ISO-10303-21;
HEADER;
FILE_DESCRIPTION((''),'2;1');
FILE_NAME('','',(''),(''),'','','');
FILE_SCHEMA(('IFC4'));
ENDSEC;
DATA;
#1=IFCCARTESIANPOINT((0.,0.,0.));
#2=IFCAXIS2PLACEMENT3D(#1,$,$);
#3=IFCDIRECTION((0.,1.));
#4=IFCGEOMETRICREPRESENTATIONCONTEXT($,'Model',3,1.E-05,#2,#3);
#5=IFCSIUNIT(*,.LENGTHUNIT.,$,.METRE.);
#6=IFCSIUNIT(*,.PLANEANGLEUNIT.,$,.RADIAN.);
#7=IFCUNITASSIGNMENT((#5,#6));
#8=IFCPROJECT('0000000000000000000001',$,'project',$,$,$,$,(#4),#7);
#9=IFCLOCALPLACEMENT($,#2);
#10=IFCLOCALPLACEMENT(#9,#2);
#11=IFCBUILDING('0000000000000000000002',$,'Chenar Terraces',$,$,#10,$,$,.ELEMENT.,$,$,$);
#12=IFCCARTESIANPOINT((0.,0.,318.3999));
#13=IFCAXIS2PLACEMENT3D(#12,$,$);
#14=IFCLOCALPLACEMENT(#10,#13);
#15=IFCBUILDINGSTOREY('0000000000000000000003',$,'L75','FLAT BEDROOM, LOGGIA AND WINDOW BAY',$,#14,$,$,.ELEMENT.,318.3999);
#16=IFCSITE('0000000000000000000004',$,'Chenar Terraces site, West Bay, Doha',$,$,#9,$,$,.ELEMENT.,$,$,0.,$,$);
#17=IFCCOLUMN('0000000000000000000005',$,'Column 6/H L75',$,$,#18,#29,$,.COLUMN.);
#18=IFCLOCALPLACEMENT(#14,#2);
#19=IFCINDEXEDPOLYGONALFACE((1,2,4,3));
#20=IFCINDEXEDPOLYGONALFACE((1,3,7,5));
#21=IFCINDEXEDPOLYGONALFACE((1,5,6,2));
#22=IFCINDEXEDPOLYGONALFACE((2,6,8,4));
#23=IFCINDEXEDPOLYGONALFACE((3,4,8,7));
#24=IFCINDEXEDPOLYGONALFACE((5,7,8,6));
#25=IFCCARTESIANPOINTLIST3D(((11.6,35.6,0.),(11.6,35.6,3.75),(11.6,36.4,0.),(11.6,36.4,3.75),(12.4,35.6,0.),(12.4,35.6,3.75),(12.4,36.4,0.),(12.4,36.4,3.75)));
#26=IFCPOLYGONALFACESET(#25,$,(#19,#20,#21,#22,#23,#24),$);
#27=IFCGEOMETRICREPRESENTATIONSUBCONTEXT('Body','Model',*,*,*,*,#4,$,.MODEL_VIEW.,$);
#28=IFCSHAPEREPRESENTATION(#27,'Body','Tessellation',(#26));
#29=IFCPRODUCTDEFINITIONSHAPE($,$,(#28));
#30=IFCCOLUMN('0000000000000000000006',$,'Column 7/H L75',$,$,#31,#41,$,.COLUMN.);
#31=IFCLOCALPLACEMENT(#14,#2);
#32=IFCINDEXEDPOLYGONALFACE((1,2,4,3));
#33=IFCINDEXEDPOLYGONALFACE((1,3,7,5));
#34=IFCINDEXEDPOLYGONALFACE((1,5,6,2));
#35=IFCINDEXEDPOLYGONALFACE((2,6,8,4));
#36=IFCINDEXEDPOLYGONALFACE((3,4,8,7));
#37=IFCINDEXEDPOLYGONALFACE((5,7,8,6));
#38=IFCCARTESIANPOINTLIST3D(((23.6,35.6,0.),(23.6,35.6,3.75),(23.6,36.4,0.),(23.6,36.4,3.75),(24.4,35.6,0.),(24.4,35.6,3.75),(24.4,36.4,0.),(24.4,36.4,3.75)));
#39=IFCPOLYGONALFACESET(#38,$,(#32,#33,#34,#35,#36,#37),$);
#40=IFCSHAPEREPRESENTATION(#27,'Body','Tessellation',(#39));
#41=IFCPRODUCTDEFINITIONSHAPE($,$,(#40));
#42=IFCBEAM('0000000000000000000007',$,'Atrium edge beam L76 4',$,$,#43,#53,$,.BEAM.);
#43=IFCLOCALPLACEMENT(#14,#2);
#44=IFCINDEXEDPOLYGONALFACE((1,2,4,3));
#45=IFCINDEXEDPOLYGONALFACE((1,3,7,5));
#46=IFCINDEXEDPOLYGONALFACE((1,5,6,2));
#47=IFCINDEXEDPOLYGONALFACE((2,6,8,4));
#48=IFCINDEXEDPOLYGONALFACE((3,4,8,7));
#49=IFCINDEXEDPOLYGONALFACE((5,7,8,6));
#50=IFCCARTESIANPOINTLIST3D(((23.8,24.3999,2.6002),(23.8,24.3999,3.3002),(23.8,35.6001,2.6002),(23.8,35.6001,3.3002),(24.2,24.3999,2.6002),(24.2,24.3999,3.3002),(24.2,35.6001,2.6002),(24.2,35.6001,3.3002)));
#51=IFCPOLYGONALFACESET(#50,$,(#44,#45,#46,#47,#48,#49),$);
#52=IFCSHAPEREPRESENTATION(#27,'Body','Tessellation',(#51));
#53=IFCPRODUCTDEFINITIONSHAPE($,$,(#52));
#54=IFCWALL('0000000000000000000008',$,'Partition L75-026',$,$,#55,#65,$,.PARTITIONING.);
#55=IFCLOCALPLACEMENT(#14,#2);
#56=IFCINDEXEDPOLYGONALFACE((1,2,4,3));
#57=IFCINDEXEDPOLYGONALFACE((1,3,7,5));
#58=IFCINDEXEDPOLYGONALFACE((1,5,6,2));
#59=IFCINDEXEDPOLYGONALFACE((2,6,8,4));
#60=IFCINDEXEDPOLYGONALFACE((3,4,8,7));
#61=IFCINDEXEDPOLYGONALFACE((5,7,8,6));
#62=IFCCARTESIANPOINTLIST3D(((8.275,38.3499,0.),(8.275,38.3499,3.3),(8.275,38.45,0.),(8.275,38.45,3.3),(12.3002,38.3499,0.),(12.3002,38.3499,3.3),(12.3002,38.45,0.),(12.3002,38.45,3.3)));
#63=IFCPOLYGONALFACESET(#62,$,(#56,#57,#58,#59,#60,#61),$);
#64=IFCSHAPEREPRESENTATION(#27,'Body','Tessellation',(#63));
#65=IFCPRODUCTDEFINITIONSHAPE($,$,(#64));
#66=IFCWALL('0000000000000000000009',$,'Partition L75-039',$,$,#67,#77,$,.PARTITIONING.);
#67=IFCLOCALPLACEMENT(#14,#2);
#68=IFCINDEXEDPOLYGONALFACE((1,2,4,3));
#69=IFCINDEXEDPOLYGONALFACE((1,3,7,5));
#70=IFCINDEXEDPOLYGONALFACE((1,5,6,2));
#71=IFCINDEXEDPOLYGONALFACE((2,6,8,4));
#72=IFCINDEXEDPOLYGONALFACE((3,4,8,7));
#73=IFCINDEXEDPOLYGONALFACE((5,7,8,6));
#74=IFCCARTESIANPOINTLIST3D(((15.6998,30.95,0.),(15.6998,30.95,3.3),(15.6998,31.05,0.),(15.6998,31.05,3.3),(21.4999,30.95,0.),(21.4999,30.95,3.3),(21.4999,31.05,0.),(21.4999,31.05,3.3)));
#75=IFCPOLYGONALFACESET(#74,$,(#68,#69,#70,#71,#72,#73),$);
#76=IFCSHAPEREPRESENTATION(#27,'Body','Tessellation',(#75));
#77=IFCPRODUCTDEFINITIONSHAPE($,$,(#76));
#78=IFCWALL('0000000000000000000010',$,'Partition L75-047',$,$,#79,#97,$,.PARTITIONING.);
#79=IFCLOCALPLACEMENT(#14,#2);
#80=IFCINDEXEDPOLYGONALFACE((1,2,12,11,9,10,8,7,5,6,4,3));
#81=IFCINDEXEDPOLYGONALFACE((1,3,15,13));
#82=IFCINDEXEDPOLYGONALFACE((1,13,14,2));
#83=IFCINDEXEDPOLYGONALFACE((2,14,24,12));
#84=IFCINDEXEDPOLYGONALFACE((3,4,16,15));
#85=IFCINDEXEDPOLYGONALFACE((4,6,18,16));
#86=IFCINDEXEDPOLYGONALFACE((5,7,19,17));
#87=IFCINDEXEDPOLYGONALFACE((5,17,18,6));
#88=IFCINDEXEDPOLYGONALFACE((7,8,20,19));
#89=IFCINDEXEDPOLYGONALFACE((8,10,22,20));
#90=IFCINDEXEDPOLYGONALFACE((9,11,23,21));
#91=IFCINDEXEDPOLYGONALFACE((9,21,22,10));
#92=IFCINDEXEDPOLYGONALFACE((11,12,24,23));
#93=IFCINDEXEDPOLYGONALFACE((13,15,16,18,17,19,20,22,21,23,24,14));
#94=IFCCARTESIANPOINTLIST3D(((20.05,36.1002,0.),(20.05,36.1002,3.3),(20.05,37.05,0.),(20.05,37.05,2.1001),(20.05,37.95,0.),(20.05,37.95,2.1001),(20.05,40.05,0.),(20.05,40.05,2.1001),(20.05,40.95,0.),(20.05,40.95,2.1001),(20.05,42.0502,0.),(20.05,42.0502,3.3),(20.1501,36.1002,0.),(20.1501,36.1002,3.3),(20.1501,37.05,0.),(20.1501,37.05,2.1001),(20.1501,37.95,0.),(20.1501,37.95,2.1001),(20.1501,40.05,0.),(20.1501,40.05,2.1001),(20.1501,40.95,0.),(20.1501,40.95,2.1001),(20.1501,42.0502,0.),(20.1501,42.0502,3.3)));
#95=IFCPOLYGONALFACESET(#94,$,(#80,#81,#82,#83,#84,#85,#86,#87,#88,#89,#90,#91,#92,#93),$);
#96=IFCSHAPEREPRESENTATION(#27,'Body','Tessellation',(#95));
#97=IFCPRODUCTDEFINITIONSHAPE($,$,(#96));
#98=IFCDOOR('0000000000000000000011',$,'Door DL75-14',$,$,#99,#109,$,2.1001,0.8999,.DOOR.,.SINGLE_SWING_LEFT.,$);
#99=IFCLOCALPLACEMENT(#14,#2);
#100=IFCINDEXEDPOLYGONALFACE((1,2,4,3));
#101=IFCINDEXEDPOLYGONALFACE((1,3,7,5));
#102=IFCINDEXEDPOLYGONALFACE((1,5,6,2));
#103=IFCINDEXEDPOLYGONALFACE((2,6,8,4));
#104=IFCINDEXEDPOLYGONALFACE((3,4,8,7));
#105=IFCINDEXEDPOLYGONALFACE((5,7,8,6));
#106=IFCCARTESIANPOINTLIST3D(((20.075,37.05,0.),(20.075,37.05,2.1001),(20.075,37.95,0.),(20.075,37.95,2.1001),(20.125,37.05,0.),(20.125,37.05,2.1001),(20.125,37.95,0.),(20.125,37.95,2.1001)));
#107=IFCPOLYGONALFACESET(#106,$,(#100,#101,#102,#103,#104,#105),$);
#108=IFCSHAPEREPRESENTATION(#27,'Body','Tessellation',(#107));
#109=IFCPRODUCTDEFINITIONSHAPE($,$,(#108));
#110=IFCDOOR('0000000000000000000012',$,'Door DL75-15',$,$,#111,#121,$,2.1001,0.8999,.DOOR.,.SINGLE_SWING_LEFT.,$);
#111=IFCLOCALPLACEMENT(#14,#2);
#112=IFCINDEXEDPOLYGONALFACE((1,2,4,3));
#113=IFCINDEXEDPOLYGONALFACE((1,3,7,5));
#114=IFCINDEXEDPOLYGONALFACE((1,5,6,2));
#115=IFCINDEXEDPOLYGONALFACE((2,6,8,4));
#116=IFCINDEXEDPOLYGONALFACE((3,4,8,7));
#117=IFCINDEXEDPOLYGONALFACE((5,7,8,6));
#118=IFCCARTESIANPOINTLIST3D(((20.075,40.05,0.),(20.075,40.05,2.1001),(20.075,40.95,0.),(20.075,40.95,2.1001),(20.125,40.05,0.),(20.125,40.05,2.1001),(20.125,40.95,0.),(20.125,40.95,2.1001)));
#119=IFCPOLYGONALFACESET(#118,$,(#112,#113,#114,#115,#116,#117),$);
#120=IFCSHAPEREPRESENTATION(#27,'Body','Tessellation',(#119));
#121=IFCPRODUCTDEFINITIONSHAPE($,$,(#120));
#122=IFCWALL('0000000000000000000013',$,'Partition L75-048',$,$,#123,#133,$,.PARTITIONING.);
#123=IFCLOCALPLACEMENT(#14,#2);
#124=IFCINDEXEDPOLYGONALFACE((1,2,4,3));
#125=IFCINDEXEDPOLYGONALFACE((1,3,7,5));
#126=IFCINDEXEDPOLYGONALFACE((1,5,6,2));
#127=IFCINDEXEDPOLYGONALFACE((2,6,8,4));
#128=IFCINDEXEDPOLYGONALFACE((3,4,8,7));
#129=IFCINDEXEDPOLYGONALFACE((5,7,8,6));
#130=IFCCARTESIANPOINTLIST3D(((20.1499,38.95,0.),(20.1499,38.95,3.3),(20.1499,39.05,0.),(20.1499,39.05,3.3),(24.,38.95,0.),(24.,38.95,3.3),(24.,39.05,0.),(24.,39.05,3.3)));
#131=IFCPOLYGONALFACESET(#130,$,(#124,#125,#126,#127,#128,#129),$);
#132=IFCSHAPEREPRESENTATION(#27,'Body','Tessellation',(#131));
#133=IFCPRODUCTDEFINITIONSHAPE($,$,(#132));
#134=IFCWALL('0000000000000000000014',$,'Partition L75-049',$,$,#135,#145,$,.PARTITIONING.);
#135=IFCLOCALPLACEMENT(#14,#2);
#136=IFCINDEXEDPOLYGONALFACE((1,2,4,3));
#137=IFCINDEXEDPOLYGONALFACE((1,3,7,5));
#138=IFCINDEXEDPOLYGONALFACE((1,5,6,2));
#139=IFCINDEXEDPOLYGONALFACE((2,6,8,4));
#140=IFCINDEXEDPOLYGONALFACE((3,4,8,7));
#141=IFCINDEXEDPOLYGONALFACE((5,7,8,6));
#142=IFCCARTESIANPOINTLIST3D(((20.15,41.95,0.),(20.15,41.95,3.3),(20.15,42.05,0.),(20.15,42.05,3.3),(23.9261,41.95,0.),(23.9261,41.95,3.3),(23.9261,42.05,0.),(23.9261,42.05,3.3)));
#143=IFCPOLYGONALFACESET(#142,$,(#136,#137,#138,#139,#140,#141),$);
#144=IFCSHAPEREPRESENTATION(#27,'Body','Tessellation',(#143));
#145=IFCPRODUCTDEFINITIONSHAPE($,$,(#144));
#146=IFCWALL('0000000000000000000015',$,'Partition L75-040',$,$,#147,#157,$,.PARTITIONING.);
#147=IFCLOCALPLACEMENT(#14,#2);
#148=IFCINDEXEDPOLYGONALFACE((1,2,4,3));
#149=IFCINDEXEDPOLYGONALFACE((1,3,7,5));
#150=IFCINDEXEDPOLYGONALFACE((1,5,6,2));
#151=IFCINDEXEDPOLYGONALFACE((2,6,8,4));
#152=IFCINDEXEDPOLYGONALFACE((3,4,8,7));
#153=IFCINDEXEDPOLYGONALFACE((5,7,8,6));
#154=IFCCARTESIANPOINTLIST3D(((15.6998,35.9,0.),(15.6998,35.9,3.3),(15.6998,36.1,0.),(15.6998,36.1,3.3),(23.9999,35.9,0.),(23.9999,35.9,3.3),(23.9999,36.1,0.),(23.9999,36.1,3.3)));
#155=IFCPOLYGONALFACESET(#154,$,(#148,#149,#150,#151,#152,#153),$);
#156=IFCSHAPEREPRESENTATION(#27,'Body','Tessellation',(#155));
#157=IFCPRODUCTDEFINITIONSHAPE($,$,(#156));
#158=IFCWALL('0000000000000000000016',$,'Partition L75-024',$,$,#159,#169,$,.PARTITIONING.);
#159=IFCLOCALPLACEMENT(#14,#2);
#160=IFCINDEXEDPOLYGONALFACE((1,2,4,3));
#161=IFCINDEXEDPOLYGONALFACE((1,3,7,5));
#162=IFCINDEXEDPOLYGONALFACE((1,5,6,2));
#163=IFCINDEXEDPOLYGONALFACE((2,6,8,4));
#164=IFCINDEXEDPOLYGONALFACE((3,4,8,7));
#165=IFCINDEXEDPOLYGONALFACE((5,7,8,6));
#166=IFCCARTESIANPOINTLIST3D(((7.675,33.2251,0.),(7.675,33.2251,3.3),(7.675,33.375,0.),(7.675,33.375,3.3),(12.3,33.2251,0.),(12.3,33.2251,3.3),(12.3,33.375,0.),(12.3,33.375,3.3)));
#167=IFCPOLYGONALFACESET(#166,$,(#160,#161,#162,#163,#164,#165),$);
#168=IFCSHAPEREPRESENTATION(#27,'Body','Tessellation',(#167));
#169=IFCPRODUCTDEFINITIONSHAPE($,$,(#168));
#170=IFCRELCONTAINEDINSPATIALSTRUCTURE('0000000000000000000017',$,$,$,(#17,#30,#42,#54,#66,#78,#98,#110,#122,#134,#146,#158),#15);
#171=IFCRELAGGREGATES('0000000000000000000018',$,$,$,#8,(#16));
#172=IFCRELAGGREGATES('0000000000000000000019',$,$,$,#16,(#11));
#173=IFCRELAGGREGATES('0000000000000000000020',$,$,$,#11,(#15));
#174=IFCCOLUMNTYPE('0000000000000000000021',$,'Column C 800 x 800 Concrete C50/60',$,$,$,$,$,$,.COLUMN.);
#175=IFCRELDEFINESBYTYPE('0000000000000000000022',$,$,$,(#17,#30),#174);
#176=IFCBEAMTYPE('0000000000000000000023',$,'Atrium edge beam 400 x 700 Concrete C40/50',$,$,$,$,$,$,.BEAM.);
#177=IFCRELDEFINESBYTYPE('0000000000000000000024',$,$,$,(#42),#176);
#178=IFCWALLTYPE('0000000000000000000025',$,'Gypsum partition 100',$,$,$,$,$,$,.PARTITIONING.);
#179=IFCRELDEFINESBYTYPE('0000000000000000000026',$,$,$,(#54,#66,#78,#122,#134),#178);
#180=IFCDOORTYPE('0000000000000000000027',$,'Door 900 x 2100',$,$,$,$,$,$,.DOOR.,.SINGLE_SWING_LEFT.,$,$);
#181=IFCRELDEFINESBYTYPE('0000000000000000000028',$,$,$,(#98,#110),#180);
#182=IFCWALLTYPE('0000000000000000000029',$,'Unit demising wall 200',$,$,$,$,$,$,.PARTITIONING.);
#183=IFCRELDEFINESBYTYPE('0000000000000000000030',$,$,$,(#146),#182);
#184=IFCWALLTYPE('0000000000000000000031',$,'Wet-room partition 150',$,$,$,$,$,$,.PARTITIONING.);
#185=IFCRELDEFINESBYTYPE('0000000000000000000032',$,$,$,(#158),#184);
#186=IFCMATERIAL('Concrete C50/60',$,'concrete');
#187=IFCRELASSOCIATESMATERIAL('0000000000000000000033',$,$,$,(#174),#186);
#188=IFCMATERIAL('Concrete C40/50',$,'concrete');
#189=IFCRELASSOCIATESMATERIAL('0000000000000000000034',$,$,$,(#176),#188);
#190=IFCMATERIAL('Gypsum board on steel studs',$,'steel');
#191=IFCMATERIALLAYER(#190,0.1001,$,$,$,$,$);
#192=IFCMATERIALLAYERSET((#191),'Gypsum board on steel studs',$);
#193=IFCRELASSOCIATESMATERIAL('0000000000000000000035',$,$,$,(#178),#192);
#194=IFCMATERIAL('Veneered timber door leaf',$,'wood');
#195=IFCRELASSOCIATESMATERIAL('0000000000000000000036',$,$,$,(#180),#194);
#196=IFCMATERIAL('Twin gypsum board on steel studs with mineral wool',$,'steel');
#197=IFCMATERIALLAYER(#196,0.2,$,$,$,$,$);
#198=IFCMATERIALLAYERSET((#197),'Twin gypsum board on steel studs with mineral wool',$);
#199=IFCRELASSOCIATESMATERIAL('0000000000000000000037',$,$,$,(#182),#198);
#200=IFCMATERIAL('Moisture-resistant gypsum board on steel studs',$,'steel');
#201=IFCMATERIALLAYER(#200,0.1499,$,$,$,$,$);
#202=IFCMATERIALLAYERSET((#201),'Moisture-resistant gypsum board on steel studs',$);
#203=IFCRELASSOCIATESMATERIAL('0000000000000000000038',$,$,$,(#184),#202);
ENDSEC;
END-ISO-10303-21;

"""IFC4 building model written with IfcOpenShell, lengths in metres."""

from ifc_helpers import new_model, si_unit, direction, frame, frame_2d, origin, origin_2d, place, context, subcontext, project, spatial, rectangle, extrude, material, layer, layer_set, material_profile, profile_set, type_object, element, fill, save


model = new_model("IFC4")

# Units and contexts
model_context = context("Model", 3, precision=1e-05, world=origin(), true_north=direction((0.0, 1.0)))
body_context = subcontext(model_context, "Body", "Model", "MODEL_VIEW")
ifc_project = project(units=[si_unit("LENGTHUNIT", "METRE"), si_unit("PLANEANGLEUNIT", "RADIAN")], contexts=[model_context])

# Site, building, storey
site_placement = place(None, origin())
site = spatial("IfcSite", under=ifc_project, at=site_placement, Name="Chenar Terraces site, West Bay, Doha", CompositionType="ELEMENT", RefElevation=0.0)
building_placement = place(site_placement, origin())
building = spatial("IfcBuilding", under=site, at=building_placement, Name="Chenar Terraces", CompositionType="ELEMENT")
storey_placement = place(building_placement, frame((0.0, 0.0, 318.3999)))
storey = spatial("IfcBuildingStorey", under=building, at=storey_placement, Name="L75", Description="FLAT BEDROOM, LOGGIA AND WINDOW BAY", CompositionType="ELEMENT", Elevation=318.3999)

# Columns
ifc_material_1 = material(Name="Concrete C50/60", Category="concrete")
ifc_material_profile_1 = material_profile(ifc_material_1, rectangle(XDim=0.8, YDim=0.8, at=origin_2d()), Name="C 800 x 800")
ifc_profile_set_1 = profile_set([ifc_material_profile_1], Name="Concrete C50/60")
column_type = type_object("IfcColumnType", Name="Column C 800 x 800 Concrete C50/60", PredefinedType="COLUMN", material=ifc_profile_set_1)
for number, where, z_axis, x_axis, name in (
    (1, (12.0, 36.0, 0.0), (0.0, 0.0, 1.0), (1.0, 0.0, 0.0), "Column 6/H L75"),
    (2, (24.0, 36.0, 0.0), (0.0, 0.0, 1.0), (1.0, 0.0, 0.0), "Column 7/H L75"),
):
    element("IfcColumn", number, at=place(storey_placement, frame(where, z_axis=z_axis, x_axis=x_axis)), inside=storey, type_object=column_type, Name=name, PredefinedType="COLUMN", context=body_context, shape_type="SweptSolid", body=[
        extrude(rectangle(XDim=0.8, YDim=0.8, at=origin_2d()), origin(), (0.0, 0.0, 1.0), 3.75),
    ])

# Beam
ifc_material_2 = material(Name="Concrete C40/50", Category="concrete")
ifc_material_profile_2 = material_profile(ifc_material_2, rectangle(XDim=0.3999, YDim=0.7, at=origin_2d()), Name="RC 400 x 700")
ifc_profile_set_2 = profile_set([ifc_material_profile_2], Name="Concrete C40/50")
beam_type = type_object("IfcBeamType", Name="Atrium edge beam 400 x 700 Concrete C40/50", PredefinedType="BEAM", material=ifc_profile_set_2)
beam_placement = place(storey_placement, frame((24.0, 35.6001, 2.9502), z_axis=(0.0, -1.0, 0.0), x_axis=(1.0, 0.0, 0.0)))
element("IfcBeam", 3, at=beam_placement, inside=storey, type_object=beam_type, Name="Atrium edge beam L76 4", PredefinedType="BEAM", context=body_context, shape_type="SweptSolid", body=[
    extrude(rectangle(XDim=0.3999, YDim=0.7, at=origin_2d()), origin(), (0.0, 0.0, 1.0), 11.2002),
])

# Walls
ifc_material_3 = material(Name="Gypsum board on steel studs", Category="steel")
ifc_layer_1 = layer(ifc_material_3, 0.1001)
ifc_layer_set_1 = layer_set([ifc_layer_1], Name="Gypsum board on steel studs")
wall_type_1 = type_object("IfcWallType", Name="Gypsum partition 100", PredefinedType="PARTITIONING", material=ifc_layer_set_1)
wall_1_placement = place(storey_placement, frame((8.2749, 38.3999, 0.0), z_axis=(0.0, 0.0, 1.0), x_axis=(1.0, 0.0, 0.0)))
element("IfcWall", 4, at=wall_1_placement, inside=storey, type_object=wall_type_1, Name="Partition L75-026", PredefinedType="PARTITIONING", context=body_context, shape_type="SweptSolid", body=[
    extrude(rectangle(XDim=4.0251, YDim=0.1001, at=frame_2d((2.0127, 0.0))), origin(), (0.0, 0.0, 1.0), 3.3),
])
wall_2_placement = place(storey_placement, frame((15.7, 31.0, 0.0), z_axis=(0.0, 0.0, 1.0), x_axis=(1.0, 0.0, 0.0)))
element("IfcWall", 5, at=wall_2_placement, inside=storey, type_object=wall_type_1, Name="Partition L75-039", PredefinedType="PARTITIONING", context=body_context, shape_type="SweptSolid", body=[
    extrude(rectangle(XDim=5.8, YDim=0.1001, at=frame_2d((2.8999, 0.0))), origin(), (0.0, 0.0, 1.0), 3.3),
])

# Wall, openings, doors
wall_3_placement = place(storey_placement, frame((20.1001, 36.1001, 0.0), z_axis=(0.0, 0.0, 1.0), x_axis=(0.0, 1.0, 0.0)))
wall_3 = element("IfcWall", 6, at=wall_3_placement, inside=storey, type_object=wall_type_1, Name="Partition L75-047", PredefinedType="PARTITIONING", context=body_context, shape_type="SweptSolid", body=[
    extrude(rectangle(XDim=5.95, YDim=0.1001, at=frame_2d((2.9751, 0.0))), origin(), (0.0, 0.0, 1.0), 3.3),
])
opening_1_placement = place(wall_3_placement, frame((0.95, 0.0, 0.0)))
opening_1 = element("IfcOpeningElement", 7, at=opening_1_placement, cuts=wall_3, PredefinedType="OPENING", context=body_context, shape_type="SweptSolid", body=[
    extrude(rectangle(XDim=0.8999, YDim=2.1001, at=frame_2d((0.45, 1.05))), frame((0.0, 0.0601, 0.0), z_axis=(0.0, -1.0, 0.0), x_axis=(1.0, 0.0, 0.0)), (0.0, 0.0, 1.0), 0.1201),
])
opening_2_placement = place(wall_3_placement, frame((3.95, 0.0, 0.0)))
opening_2 = element("IfcOpeningElement", 8, at=opening_2_placement, cuts=wall_3, PredefinedType="OPENING", context=body_context, shape_type="SweptSolid", body=[
    extrude(rectangle(XDim=0.8999, YDim=2.1001, at=frame_2d((0.45, 1.05))), frame((0.0, 0.0601, 0.0), z_axis=(0.0, -1.0, 0.0), x_axis=(1.0, 0.0, 0.0)), (0.0, 0.0, 1.0), 0.1201),
])
ifc_material_4 = material(Name="Veneered timber door leaf", Category="wood")
door_type_1 = type_object("IfcDoorType", Name="Door 900 x 2100", OperationType="SINGLE_SWING_LEFT", PredefinedType="DOOR", material=ifc_material_4)
door_1_placement = place(opening_1_placement, frame((0.8999, 0.0, 0.0), z_axis=(0.0, 0.0, 1.0), x_axis=(-1.0, 0.0, 0.0)))
door_1 = element("IfcDoor", 9, at=door_1_placement, inside=storey, type_object=door_type_1, Name="Door DL75-14", OperationType="SINGLE_SWING_LEFT", OverallHeight=2.1001, OverallWidth=0.8999, PredefinedType="DOOR", context=body_context, shape_type="SweptSolid", body=[
    extrude(rectangle(XDim=0.8999, YDim=2.1001, at=frame_2d((0.45, 1.05))), frame((0.0, 0.0249, 0.0), z_axis=(0.0, -1.0, 0.0), x_axis=(1.0, 0.0, 0.0)), (0.0, 0.0, 1.0), 0.05),
])
fill(opening_1, door_1)
door_2_placement = place(opening_2_placement, frame((0.8999, 0.0, 0.0), z_axis=(0.0, 0.0, 1.0), x_axis=(-1.0, 0.0, 0.0)))
door_2 = element("IfcDoor", 10, at=door_2_placement, inside=storey, type_object=door_type_1, Name="Door DL75-15", OperationType="SINGLE_SWING_LEFT", OverallHeight=2.1001, OverallWidth=0.8999, PredefinedType="DOOR", context=body_context, shape_type="SweptSolid", body=[
    extrude(rectangle(XDim=0.8999, YDim=2.1001, at=frame_2d((0.45, 1.05))), frame((0.0, 0.0249, 0.0), z_axis=(0.0, -1.0, 0.0), x_axis=(1.0, 0.0, 0.0)), (0.0, 0.0, 1.0), 0.05),
])
fill(opening_2, door_2)

# Walls
wall_4_placement = place(storey_placement, frame((20.1499, 39.0, 0.0), z_axis=(0.0, 0.0, 1.0), x_axis=(1.0, 0.0, 0.0)))
element("IfcWall", 11, at=wall_4_placement, inside=storey, type_object=wall_type_1, Name="Partition L75-048", PredefinedType="PARTITIONING", context=body_context, shape_type="SweptSolid", body=[
    extrude(rectangle(XDim=3.8501, YDim=0.1001, at=frame_2d((1.925, 0.0))), origin(), (0.0, 0.0, 1.0), 3.3),
])
wall_5_placement = place(storey_placement, frame((20.1499, 42.0, 0.0), z_axis=(0.0, 0.0, 1.0), x_axis=(1.0, 0.0, 0.0)))
element("IfcWall", 12, at=wall_5_placement, inside=storey, type_object=wall_type_1, Name="Partition L75-049", PredefinedType="PARTITIONING", context=body_context, shape_type="SweptSolid", body=[
    extrude(rectangle(XDim=3.7761, YDim=0.1001, at=frame_2d((1.8882, 0.0))), origin(), (0.0, 0.0, 1.0), 3.3),
])
ifc_material_5 = material(Name="Twin gypsum board on steel studs with mineral wool", Category="steel")
ifc_layer_2 = layer(ifc_material_5, 0.2)
ifc_layer_set_2 = layer_set([ifc_layer_2], Name="Twin gypsum board on steel studs with mineral wool")
wall_type_2 = type_object("IfcWallType", Name="Unit demising wall 200", PredefinedType="PARTITIONING", material=ifc_layer_set_2)
wall_6_placement = place(storey_placement, frame((15.7, 36.0, 0.0), z_axis=(0.0, 0.0, 1.0), x_axis=(1.0, 0.0, 0.0)))
element("IfcWall", 13, at=wall_6_placement, inside=storey, type_object=wall_type_2, Name="Partition L75-040", PredefinedType="PARTITIONING", context=body_context, shape_type="SweptSolid", body=[
    extrude(rectangle(XDim=8.3, YDim=0.2, at=frame_2d((4.1499, 0.0))), origin(), (0.0, 0.0, 1.0), 3.3),
])
ifc_material_6 = material(Name="Moisture-resistant gypsum board on steel studs", Category="steel")
ifc_layer_3 = layer(ifc_material_6, 0.1499)
ifc_layer_set_3 = layer_set([ifc_layer_3], Name="Moisture-resistant gypsum board on steel studs")
wall_type_3 = type_object("IfcWallType", Name="Wet-room partition 150", PredefinedType="PARTITIONING", material=ifc_layer_set_3)
wall_7_placement = place(storey_placement, frame((7.675, 33.3, 0.0), z_axis=(0.0, 0.0, 1.0), x_axis=(1.0, 0.0, 0.0)))
element("IfcWall", 14, at=wall_7_placement, inside=storey, type_object=wall_type_3, Name="Partition L75-024", PredefinedType="PARTITIONING", context=body_context, shape_type="SweptSolid", body=[
    extrude(rectangle(XDim=4.625, YDim=0.1499, at=frame_2d((2.3125, 0.0))), origin(), (0.0, 0.0, 1.0), 3.3),
])

save(model, "model.ifc")
